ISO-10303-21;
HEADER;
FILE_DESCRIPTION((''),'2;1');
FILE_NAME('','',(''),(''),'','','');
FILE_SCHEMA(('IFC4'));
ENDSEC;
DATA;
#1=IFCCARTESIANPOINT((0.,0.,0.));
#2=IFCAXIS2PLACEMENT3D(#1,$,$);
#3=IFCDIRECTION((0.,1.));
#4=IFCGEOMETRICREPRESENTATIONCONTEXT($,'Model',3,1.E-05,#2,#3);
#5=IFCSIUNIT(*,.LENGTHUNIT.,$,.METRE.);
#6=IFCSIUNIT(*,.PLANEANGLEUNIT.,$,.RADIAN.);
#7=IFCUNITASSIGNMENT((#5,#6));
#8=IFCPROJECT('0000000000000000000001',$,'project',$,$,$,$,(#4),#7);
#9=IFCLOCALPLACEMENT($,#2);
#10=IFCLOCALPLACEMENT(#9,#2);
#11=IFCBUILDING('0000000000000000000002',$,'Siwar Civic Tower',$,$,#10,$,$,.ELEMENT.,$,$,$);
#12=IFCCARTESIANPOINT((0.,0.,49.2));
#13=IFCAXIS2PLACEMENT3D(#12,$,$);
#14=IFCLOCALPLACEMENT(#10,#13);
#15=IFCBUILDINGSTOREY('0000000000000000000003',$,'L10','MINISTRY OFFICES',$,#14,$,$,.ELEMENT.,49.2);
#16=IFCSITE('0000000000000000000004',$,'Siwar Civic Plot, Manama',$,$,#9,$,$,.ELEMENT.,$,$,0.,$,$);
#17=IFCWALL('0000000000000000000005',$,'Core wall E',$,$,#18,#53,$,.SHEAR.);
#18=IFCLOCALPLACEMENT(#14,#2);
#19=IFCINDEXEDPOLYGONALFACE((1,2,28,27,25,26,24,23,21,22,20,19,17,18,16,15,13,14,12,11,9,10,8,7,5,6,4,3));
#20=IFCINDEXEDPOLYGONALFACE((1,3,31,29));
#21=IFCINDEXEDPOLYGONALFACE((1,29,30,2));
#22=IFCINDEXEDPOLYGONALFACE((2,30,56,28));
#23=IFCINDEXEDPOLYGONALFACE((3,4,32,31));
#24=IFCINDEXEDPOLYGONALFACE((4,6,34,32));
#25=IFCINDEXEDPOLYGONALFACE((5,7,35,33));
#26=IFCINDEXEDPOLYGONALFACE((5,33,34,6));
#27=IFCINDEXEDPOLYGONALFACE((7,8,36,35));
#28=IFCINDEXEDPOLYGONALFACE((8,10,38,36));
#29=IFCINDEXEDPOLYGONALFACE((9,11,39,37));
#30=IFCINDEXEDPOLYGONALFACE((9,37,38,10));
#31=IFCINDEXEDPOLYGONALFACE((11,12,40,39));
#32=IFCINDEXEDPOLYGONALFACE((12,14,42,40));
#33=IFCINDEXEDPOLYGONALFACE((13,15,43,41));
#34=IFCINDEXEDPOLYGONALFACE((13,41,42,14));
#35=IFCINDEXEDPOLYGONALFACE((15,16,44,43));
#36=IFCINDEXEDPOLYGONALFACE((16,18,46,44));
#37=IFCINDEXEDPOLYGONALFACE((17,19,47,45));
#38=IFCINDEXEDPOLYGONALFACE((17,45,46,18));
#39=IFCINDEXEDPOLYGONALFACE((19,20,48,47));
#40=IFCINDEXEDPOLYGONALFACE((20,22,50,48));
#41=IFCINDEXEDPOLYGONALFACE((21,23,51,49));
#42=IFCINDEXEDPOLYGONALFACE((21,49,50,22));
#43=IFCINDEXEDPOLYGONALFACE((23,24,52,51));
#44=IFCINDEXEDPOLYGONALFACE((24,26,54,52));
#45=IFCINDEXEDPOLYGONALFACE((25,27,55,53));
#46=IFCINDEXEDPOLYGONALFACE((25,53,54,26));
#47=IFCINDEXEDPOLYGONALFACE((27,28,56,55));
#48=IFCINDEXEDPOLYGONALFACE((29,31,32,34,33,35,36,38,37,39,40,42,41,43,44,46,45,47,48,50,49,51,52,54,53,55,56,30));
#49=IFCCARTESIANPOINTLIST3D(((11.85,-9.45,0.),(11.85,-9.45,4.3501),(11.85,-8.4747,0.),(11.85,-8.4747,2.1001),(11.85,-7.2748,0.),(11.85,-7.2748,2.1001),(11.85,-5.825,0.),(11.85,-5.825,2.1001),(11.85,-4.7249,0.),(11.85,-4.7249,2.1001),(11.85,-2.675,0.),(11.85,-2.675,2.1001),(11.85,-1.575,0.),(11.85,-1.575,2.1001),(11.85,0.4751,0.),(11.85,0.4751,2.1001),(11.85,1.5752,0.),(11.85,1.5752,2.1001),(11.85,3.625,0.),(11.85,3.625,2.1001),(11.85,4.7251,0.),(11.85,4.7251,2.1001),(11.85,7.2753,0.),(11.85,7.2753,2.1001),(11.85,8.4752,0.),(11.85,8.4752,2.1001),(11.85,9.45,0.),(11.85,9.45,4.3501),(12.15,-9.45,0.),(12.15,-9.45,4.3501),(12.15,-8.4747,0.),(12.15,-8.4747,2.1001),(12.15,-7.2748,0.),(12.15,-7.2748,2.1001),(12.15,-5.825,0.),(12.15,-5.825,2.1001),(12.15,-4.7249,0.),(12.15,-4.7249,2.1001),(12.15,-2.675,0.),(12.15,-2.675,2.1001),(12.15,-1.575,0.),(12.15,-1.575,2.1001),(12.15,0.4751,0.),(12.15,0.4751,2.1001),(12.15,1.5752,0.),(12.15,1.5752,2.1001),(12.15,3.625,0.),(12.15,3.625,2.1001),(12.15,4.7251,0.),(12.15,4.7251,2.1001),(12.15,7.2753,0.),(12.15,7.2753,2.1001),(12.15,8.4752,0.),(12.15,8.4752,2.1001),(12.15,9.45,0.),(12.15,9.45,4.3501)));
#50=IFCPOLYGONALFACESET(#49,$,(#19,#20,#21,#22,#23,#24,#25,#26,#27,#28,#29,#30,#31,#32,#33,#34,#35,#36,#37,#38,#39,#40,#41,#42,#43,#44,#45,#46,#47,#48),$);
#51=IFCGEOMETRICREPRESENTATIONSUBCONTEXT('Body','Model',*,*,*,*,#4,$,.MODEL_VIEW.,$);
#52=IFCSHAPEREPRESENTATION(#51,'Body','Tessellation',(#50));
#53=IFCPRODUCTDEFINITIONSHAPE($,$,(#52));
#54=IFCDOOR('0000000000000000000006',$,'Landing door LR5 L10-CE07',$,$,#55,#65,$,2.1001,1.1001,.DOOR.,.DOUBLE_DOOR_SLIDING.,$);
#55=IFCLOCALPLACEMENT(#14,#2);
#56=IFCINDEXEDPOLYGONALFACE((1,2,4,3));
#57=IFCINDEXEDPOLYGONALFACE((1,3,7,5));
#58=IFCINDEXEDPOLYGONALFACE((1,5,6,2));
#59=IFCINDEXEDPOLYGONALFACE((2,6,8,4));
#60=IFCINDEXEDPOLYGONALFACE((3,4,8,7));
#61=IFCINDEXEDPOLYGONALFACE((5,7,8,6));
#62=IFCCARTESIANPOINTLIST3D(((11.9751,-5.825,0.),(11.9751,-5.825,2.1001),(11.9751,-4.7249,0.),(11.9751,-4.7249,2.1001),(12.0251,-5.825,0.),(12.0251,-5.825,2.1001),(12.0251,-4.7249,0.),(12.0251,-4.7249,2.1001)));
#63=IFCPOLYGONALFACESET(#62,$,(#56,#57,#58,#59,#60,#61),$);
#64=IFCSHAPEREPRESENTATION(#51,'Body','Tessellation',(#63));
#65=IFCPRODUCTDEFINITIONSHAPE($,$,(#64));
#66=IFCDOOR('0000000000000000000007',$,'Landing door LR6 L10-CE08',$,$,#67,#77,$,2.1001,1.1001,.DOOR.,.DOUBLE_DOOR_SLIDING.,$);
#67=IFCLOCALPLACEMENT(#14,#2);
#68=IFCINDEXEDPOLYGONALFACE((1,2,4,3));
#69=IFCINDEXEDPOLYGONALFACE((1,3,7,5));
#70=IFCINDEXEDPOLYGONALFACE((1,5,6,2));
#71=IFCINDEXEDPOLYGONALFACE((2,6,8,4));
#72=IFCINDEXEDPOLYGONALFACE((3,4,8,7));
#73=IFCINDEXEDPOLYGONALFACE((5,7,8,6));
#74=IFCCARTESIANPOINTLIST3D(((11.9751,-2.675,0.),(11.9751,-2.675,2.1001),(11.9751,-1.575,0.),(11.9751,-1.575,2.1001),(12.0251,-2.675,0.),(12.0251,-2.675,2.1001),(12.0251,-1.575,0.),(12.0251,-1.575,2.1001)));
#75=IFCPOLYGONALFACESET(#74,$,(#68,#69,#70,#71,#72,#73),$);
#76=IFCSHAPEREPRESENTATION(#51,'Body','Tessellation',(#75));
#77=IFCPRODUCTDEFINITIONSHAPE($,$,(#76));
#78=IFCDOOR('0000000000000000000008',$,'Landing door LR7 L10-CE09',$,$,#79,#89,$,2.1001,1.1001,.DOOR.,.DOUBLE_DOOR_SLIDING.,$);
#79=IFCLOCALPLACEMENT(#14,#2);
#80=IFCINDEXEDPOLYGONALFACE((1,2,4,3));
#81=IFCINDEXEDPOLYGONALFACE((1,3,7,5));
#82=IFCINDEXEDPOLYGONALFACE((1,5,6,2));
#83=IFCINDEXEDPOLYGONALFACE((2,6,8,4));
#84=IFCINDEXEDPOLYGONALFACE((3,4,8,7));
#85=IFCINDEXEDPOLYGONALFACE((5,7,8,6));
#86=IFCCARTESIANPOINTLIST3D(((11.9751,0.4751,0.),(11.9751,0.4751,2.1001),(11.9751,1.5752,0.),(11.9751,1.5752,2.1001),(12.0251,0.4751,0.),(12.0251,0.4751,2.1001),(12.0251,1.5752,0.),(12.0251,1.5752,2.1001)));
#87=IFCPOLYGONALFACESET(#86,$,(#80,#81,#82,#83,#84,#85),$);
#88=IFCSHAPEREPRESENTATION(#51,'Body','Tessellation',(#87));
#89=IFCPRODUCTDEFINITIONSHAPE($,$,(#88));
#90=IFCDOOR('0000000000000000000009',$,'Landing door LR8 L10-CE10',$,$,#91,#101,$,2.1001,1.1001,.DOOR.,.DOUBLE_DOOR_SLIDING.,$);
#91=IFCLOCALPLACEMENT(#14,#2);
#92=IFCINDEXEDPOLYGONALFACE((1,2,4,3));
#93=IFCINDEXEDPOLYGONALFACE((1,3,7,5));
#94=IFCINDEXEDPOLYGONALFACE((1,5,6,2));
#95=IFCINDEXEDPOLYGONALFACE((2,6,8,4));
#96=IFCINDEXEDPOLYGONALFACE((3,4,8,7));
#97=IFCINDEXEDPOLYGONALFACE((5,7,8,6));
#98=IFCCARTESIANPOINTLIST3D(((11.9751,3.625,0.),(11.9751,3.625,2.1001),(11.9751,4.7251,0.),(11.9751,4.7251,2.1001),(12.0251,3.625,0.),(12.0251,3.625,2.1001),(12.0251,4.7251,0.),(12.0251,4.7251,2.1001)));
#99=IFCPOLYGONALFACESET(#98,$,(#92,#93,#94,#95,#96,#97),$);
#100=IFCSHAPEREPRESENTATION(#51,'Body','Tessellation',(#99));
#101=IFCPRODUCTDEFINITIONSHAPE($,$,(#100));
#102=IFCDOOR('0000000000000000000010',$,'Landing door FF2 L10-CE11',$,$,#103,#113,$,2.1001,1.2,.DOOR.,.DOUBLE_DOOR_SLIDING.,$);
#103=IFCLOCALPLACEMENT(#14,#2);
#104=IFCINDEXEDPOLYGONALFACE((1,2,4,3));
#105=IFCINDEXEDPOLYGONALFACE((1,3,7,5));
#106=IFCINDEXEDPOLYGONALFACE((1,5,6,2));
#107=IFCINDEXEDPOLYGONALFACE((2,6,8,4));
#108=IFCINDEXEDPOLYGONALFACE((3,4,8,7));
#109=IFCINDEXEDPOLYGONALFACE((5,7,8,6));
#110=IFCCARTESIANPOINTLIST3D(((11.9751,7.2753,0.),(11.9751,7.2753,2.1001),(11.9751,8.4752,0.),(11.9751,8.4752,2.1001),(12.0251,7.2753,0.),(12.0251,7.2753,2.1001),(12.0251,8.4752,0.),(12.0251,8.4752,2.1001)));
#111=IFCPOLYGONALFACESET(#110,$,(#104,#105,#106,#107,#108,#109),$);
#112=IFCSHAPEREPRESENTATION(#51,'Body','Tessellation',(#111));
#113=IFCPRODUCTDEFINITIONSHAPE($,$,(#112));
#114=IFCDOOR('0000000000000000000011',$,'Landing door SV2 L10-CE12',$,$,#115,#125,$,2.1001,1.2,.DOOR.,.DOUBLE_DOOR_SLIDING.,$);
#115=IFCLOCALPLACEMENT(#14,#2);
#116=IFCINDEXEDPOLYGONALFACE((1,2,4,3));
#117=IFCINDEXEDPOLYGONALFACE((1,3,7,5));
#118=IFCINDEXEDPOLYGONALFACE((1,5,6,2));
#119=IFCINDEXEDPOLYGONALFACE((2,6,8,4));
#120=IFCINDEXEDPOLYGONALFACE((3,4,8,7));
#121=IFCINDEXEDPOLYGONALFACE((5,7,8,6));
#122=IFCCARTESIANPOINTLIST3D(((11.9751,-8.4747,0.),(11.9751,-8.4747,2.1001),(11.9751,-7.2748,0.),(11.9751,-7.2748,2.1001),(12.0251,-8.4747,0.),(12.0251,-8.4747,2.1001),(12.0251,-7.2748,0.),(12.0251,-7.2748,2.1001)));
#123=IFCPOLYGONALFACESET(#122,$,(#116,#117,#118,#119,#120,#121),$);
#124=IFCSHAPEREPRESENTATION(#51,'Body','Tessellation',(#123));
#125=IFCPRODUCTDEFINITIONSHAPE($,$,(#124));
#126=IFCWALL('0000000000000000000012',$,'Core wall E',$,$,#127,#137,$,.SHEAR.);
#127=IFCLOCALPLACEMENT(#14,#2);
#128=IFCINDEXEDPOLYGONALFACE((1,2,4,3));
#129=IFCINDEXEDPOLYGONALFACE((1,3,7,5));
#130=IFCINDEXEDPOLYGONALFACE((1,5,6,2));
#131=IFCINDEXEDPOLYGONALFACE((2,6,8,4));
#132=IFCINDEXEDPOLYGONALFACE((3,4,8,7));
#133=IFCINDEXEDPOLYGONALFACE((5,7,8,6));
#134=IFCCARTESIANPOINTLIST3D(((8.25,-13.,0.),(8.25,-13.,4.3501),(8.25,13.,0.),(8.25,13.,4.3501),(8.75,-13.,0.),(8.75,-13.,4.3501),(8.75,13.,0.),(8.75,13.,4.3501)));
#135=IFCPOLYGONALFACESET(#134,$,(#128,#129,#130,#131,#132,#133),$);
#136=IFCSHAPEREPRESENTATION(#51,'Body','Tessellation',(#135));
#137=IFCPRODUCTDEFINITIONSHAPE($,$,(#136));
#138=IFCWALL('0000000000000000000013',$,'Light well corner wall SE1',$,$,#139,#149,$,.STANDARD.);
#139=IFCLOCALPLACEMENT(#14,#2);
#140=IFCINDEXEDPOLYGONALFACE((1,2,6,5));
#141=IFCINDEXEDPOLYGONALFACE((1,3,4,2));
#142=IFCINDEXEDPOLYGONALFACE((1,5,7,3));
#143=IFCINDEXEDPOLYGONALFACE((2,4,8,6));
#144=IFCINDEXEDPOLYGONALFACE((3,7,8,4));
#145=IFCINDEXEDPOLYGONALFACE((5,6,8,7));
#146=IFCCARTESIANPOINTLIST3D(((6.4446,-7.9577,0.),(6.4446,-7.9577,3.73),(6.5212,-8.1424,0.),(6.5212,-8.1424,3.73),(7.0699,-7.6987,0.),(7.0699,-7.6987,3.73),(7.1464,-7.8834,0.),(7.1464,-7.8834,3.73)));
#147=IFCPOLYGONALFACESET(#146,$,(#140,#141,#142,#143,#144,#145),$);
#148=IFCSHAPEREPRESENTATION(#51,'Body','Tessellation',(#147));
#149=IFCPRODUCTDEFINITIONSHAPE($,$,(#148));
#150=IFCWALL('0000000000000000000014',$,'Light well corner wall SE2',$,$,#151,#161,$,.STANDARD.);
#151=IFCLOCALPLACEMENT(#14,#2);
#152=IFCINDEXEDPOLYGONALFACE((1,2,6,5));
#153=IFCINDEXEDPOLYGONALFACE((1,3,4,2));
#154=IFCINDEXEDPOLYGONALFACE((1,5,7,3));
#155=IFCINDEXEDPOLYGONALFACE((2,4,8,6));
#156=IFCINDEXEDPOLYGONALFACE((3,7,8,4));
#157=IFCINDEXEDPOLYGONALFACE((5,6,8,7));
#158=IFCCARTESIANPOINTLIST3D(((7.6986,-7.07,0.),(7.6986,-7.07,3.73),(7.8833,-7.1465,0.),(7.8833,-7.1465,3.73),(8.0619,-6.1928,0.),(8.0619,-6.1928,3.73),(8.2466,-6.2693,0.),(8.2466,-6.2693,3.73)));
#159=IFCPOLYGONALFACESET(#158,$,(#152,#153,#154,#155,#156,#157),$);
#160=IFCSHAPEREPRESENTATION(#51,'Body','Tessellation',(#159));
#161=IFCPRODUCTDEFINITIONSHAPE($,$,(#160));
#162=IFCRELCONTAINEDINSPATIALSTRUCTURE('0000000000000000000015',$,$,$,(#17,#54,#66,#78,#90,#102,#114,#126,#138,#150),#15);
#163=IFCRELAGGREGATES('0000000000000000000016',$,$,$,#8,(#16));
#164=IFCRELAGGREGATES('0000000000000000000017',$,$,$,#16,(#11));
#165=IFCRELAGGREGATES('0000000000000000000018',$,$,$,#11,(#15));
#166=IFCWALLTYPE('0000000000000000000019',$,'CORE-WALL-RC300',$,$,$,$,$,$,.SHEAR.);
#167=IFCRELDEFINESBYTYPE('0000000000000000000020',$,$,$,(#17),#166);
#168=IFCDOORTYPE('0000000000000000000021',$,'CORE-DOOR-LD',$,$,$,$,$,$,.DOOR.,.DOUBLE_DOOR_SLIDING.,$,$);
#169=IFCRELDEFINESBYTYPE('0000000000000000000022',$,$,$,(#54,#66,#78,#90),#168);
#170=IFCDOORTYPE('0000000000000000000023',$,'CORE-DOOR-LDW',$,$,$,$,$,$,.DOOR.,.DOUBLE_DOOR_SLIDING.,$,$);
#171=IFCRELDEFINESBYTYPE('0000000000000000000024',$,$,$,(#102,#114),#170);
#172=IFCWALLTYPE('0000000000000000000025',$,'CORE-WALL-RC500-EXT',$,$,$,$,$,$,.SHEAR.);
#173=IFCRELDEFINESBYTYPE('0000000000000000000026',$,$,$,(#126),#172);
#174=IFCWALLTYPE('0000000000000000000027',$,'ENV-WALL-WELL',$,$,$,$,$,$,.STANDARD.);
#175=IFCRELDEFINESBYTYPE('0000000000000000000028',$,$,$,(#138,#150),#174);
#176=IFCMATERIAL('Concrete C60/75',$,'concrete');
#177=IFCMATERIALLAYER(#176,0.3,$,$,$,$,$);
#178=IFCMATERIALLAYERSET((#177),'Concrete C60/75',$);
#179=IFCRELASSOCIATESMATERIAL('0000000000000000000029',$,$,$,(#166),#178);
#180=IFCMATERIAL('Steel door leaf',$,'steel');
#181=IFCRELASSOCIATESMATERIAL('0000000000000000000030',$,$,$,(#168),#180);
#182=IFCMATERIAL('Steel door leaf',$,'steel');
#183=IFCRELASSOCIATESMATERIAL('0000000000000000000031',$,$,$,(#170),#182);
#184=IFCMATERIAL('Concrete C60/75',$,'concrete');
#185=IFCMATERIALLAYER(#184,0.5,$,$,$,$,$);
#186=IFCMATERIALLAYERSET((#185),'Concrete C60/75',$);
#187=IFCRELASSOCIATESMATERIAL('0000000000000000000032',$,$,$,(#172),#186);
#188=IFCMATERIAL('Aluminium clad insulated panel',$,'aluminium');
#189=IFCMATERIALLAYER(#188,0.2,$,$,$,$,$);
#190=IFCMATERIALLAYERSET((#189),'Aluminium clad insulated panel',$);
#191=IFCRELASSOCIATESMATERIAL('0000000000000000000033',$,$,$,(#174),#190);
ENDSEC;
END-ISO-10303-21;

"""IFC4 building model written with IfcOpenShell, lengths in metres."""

from ifc_helpers import new_model, si_unit, direction, frame, frame_2d, origin, place, context, subcontext, project, spatial, rectangle, extrude, material, layer, layer_set, type_object, element, fill, save


model = new_model("IFC4")

# Units and contexts
model_context = context("Model", 3, precision=1e-05, world=origin(), true_north=direction((0.0, 1.0)))
body_context = subcontext(model_context, "Body", "Model", "MODEL_VIEW")
ifc_project = project(units=[si_unit("LENGTHUNIT", "METRE"), si_unit("PLANEANGLEUNIT", "RADIAN")], contexts=[model_context])

# Site, building, storey
site_placement = place(None, origin())
site = spatial("IfcSite", under=ifc_project, at=site_placement, Name="Siwar Civic Plot, Manama", CompositionType="ELEMENT", RefElevation=0.0)
building_placement = place(site_placement, origin())
building = spatial("IfcBuilding", under=site, at=building_placement, Name="Siwar Civic Tower", CompositionType="ELEMENT")
storey_placement = place(building_placement, frame((0.0, 0.0, 49.2)))
storey = spatial("IfcBuildingStorey", under=building, at=storey_placement, Name="L10", Description="MINISTRY OFFICES", CompositionType="ELEMENT", Elevation=49.2)

# Wall, openings, doors
ifc_material_1 = material(Name="Concrete C60/75", Category="concrete")
ifc_layer_1 = layer(ifc_material_1, 0.3)
ifc_layer_set_1 = layer_set([ifc_layer_1], Name="Concrete C60/75")
wall_type_1 = type_object("IfcWallType", Name="CORE-WALL-RC300", PredefinedType="SHEAR", material=ifc_layer_set_1)
wall_1_placement = place(storey_placement, frame((12.0, -9.45, 0.0), z_axis=(0.0, 0.0, 1.0), x_axis=(0.0, 1.0, 0.0)))
wall_1 = element("IfcWall", 1, at=wall_1_placement, inside=storey, type_object=wall_type_1, Name="Core wall E", PredefinedType="SHEAR", context=body_context, shape_type="SweptSolid", body=[
    extrude(rectangle(XDim=18.8999, YDim=0.3, at=frame_2d((9.45, 0.0))), origin(), (0.0, 0.0, 1.0), 4.3501),
])
opening_1_placement = place(wall_1_placement, frame((3.625, 0.0, 0.0)))
opening_1 = element("IfcOpeningElement", 2, at=opening_1_placement, cuts=wall_1, PredefinedType="OPENING", context=body_context, shape_type="SweptSolid", body=[
    extrude(rectangle(XDim=1.1001, YDim=2.1001, at=frame_2d((0.55, 1.05))), frame((0.0, 0.1602, 0.0), z_axis=(0.0, -1.0, 0.0), x_axis=(1.0, 0.0, 0.0)), (0.0, 0.0, 1.0), 0.3201),
])
opening_2_placement = place(wall_1_placement, frame((6.7749, 0.0, 0.0)))
opening_2 = element("IfcOpeningElement", 3, at=opening_2_placement, cuts=wall_1, PredefinedType="OPENING", context=body_context, shape_type="SweptSolid", body=[
    extrude(rectangle(XDim=1.1001, YDim=2.1001, at=frame_2d((0.55, 1.05))), frame((0.0, 0.1602, 0.0), z_axis=(0.0, -1.0, 0.0), x_axis=(1.0, 0.0, 0.0)), (0.0, 0.0, 1.0), 0.3201),
])
opening_3_placement = place(wall_1_placement, frame((9.925, 0.0, 0.0)))
opening_3 = element("IfcOpeningElement", 4, at=opening_3_placement, cuts=wall_1, PredefinedType="OPENING", context=body_context, shape_type="SweptSolid", body=[
    extrude(rectangle(XDim=1.1001, YDim=2.1001, at=frame_2d((0.55, 1.05))), frame((0.0, 0.1602, 0.0), z_axis=(0.0, -1.0, 0.0), x_axis=(1.0, 0.0, 0.0)), (0.0, 0.0, 1.0), 0.3201),
])
opening_4_placement = place(wall_1_placement, frame((13.075, 0.0, 0.0)))
opening_4 = element("IfcOpeningElement", 5, at=opening_4_placement, cuts=wall_1, PredefinedType="OPENING", context=body_context, shape_type="SweptSolid", body=[
    extrude(rectangle(XDim=1.1001, YDim=2.1001, at=frame_2d((0.55, 1.05))), frame((0.0, 0.1602, 0.0), z_axis=(0.0, -1.0, 0.0), x_axis=(1.0, 0.0, 0.0)), (0.0, 0.0, 1.0), 0.3201),
])
opening_5_placement = place(wall_1_placement, frame((16.7251, 0.0, 0.0)))
opening_5 = element("IfcOpeningElement", 6, at=opening_5_placement, cuts=wall_1, PredefinedType="OPENING", context=body_context, shape_type="SweptSolid", body=[
    extrude(rectangle(XDim=1.2, YDim=2.1001, at=frame_2d((0.6001, 1.05))), frame((0.0, 0.1602, 0.0), z_axis=(0.0, -1.0, 0.0), x_axis=(1.0, 0.0, 0.0)), (0.0, 0.0, 1.0), 0.3201),
])
opening_6_placement = place(wall_1_placement, frame((0.9751, 0.0, 0.0)))
opening_6 = element("IfcOpeningElement", 7, at=opening_6_placement, cuts=wall_1, PredefinedType="OPENING", context=body_context, shape_type="SweptSolid", body=[
    extrude(rectangle(XDim=1.2, YDim=2.1001, at=frame_2d((0.6001, 1.05))), frame((0.0, 0.1602, 0.0), z_axis=(0.0, -1.0, 0.0), x_axis=(1.0, 0.0, 0.0)), (0.0, 0.0, 1.0), 0.3201),
])
ifc_material_2 = material(Name="Steel door leaf", Category="steel")
door_type_1 = type_object("IfcDoorType", Name="CORE-DOOR-LD", OperationType="DOUBLE_DOOR_SLIDING", PredefinedType="DOOR", material=ifc_material_2)
door_1_placement = place(opening_1_placement, origin())
door_1 = element("IfcDoor", 8, at=door_1_placement, inside=storey, type_object=door_type_1, Name="Landing door LR5 L10-CE07", OperationType="DOUBLE_DOOR_SLIDING", OverallHeight=2.1001, OverallWidth=1.1001, PredefinedType="DOOR", context=body_context, shape_type="SweptSolid", body=[
    extrude(rectangle(XDim=1.1001, YDim=2.1001, at=frame_2d((0.55, 1.05))), frame((0.0, 0.0249, 0.0), z_axis=(0.0, -1.0, 0.0), x_axis=(1.0, 0.0, 0.0)), (0.0, 0.0, 1.0), 0.05),
])
fill(opening_1, door_1)
door_2_placement = place(opening_2_placement, origin())
door_2 = element("IfcDoor", 9, at=door_2_placement, inside=storey, type_object=door_type_1, Name="Landing door LR6 L10-CE08", OperationType="DOUBLE_DOOR_SLIDING", OverallHeight=2.1001, OverallWidth=1.1001, PredefinedType="DOOR", context=body_context, shape_type="SweptSolid", body=[
    extrude(rectangle(XDim=1.1001, YDim=2.1001, at=frame_2d((0.55, 1.05))), frame((0.0, 0.0249, 0.0), z_axis=(0.0, -1.0, 0.0), x_axis=(1.0, 0.0, 0.0)), (0.0, 0.0, 1.0), 0.05),
])
fill(opening_2, door_2)
door_3_placement = place(opening_3_placement, origin())
door_3 = element("IfcDoor", 10, at=door_3_placement, inside=storey, type_object=door_type_1, Name="Landing door LR7 L10-CE09", OperationType="DOUBLE_DOOR_SLIDING", OverallHeight=2.1001, OverallWidth=1.1001, PredefinedType="DOOR", context=body_context, shape_type="SweptSolid", body=[
    extrude(rectangle(XDim=1.1001, YDim=2.1001, at=frame_2d((0.55, 1.05))), frame((0.0, 0.0249, 0.0), z_axis=(0.0, -1.0, 0.0), x_axis=(1.0, 0.0, 0.0)), (0.0, 0.0, 1.0), 0.05),
])
fill(opening_3, door_3)
door_4_placement = place(opening_4_placement, origin())
door_4 = element("IfcDoor", 11, at=door_4_placement, inside=storey, type_object=door_type_1, Name="Landing door LR8 L10-CE10", OperationType="DOUBLE_DOOR_SLIDING", OverallHeight=2.1001, OverallWidth=1.1001, PredefinedType="DOOR", context=body_context, shape_type="SweptSolid", body=[
    extrude(rectangle(XDim=1.1001, YDim=2.1001, at=frame_2d((0.55, 1.05))), frame((0.0, 0.0249, 0.0), z_axis=(0.0, -1.0, 0.0), x_axis=(1.0, 0.0, 0.0)), (0.0, 0.0, 1.0), 0.05),
])
fill(opening_4, door_4)
ifc_material_3 = material(Name="Steel door leaf", Category="steel")
door_type_2 = type_object("IfcDoorType", Name="CORE-DOOR-LDW", OperationType="DOUBLE_DOOR_SLIDING", PredefinedType="DOOR", material=ifc_material_3)
door_5_placement = place(opening_5_placement, origin())
door_5 = element("IfcDoor", 12, at=door_5_placement, inside=storey, type_object=door_type_2, Name="Landing door FF2 L10-CE11", OperationType="DOUBLE_DOOR_SLIDING", OverallHeight=2.1001, OverallWidth=1.2, PredefinedType="DOOR", context=body_context, shape_type="SweptSolid", body=[
    extrude(rectangle(XDim=1.2, YDim=2.1001, at=frame_2d((0.6001, 1.05))), frame((0.0, 0.0249, 0.0), z_axis=(0.0, -1.0, 0.0), x_axis=(1.0, 0.0, 0.0)), (0.0, 0.0, 1.0), 0.05),
])
fill(opening_5, door_5)
door_6_placement = place(opening_6_placement, origin())
door_6 = element("IfcDoor", 13, at=door_6_placement, inside=storey, type_object=door_type_2, Name="Landing door SV2 L10-CE12", OperationType="DOUBLE_DOOR_SLIDING", OverallHeight=2.1001, OverallWidth=1.2, PredefinedType="DOOR", context=body_context, shape_type="SweptSolid", body=[
    extrude(rectangle(XDim=1.2, YDim=2.1001, at=frame_2d((0.6001, 1.05))), frame((0.0, 0.0249, 0.0), z_axis=(0.0, -1.0, 0.0), x_axis=(1.0, 0.0, 0.0)), (0.0, 0.0, 1.0), 0.05),
])
fill(opening_6, door_6)

# Walls
ifc_material_4 = material(Name="Concrete C60/75", Category="concrete")
ifc_layer_2 = layer(ifc_material_4, 0.5)
ifc_layer_set_2 = layer_set([ifc_layer_2], Name="Concrete C60/75")
wall_type_2 = type_object("IfcWallType", Name="CORE-WALL-RC500-EXT", PredefinedType="SHEAR", material=ifc_layer_set_2)
wall_2_placement = place(storey_placement, frame((8.5, -13.0, 0.0), z_axis=(0.0, 0.0, 1.0), x_axis=(0.0, 1.0, 0.0)))
element("IfcWall", 14, at=wall_2_placement, inside=storey, type_object=wall_type_2, Name="Core wall E", PredefinedType="SHEAR", context=body_context, shape_type="SweptSolid", body=[
    extrude(rectangle(XDim=26.0, YDim=0.5, at=frame_2d((13.0, 0.0))), origin(), (0.0, 0.0, 1.0), 4.3501),
])
ifc_material_5 = material(Name="Aluminium clad insulated panel", Category="aluminium")
ifc_layer_3 = layer(ifc_material_5, 0.2)
ifc_layer_set_3 = layer_set([ifc_layer_3], Name="Aluminium clad insulated panel")
wall_type_3 = type_object("IfcWallType", Name="ENV-WALL-WELL", PredefinedType="STANDARD", material=ifc_layer_set_3)
wall_3_placement = place(storey_placement, frame((6.4829, -8.05, 0.0), z_axis=(0.0, 0.0, 1.0), x_axis=(0.923854, 0.382745, 0.0)))
element("IfcWall", 15, at=wall_3_placement, inside=storey, type_object=wall_type_3, Name="Light well corner wall SE1", PredefinedType="STANDARD", context=body_context, shape_type="SweptSolid", body=[
    extrude(rectangle(XDim=0.6768, YDim=0.2, at=frame_2d((0.3384, 0.0))), origin(), (0.0, 0.0, 1.0), 3.73),
])
wall_4_placement = place(storey_placement, frame((7.791, -7.1082, 0.0), z_axis=(0.0, 0.0, 1.0), x_axis=(0.382624, 0.923904, 0.0)))
element("IfcWall", 16, at=wall_4_placement, inside=storey, type_object=wall_type_3, Name="Light well corner wall SE2", PredefinedType="STANDARD", context=body_context, shape_type="SweptSolid", body=[
    extrude(rectangle(XDim=0.9495, YDim=0.2, at=frame_2d((0.4746, 0.0))), origin(), (0.0, 0.0, 1.0), 3.73),
])

save(model, "model.ifc")
